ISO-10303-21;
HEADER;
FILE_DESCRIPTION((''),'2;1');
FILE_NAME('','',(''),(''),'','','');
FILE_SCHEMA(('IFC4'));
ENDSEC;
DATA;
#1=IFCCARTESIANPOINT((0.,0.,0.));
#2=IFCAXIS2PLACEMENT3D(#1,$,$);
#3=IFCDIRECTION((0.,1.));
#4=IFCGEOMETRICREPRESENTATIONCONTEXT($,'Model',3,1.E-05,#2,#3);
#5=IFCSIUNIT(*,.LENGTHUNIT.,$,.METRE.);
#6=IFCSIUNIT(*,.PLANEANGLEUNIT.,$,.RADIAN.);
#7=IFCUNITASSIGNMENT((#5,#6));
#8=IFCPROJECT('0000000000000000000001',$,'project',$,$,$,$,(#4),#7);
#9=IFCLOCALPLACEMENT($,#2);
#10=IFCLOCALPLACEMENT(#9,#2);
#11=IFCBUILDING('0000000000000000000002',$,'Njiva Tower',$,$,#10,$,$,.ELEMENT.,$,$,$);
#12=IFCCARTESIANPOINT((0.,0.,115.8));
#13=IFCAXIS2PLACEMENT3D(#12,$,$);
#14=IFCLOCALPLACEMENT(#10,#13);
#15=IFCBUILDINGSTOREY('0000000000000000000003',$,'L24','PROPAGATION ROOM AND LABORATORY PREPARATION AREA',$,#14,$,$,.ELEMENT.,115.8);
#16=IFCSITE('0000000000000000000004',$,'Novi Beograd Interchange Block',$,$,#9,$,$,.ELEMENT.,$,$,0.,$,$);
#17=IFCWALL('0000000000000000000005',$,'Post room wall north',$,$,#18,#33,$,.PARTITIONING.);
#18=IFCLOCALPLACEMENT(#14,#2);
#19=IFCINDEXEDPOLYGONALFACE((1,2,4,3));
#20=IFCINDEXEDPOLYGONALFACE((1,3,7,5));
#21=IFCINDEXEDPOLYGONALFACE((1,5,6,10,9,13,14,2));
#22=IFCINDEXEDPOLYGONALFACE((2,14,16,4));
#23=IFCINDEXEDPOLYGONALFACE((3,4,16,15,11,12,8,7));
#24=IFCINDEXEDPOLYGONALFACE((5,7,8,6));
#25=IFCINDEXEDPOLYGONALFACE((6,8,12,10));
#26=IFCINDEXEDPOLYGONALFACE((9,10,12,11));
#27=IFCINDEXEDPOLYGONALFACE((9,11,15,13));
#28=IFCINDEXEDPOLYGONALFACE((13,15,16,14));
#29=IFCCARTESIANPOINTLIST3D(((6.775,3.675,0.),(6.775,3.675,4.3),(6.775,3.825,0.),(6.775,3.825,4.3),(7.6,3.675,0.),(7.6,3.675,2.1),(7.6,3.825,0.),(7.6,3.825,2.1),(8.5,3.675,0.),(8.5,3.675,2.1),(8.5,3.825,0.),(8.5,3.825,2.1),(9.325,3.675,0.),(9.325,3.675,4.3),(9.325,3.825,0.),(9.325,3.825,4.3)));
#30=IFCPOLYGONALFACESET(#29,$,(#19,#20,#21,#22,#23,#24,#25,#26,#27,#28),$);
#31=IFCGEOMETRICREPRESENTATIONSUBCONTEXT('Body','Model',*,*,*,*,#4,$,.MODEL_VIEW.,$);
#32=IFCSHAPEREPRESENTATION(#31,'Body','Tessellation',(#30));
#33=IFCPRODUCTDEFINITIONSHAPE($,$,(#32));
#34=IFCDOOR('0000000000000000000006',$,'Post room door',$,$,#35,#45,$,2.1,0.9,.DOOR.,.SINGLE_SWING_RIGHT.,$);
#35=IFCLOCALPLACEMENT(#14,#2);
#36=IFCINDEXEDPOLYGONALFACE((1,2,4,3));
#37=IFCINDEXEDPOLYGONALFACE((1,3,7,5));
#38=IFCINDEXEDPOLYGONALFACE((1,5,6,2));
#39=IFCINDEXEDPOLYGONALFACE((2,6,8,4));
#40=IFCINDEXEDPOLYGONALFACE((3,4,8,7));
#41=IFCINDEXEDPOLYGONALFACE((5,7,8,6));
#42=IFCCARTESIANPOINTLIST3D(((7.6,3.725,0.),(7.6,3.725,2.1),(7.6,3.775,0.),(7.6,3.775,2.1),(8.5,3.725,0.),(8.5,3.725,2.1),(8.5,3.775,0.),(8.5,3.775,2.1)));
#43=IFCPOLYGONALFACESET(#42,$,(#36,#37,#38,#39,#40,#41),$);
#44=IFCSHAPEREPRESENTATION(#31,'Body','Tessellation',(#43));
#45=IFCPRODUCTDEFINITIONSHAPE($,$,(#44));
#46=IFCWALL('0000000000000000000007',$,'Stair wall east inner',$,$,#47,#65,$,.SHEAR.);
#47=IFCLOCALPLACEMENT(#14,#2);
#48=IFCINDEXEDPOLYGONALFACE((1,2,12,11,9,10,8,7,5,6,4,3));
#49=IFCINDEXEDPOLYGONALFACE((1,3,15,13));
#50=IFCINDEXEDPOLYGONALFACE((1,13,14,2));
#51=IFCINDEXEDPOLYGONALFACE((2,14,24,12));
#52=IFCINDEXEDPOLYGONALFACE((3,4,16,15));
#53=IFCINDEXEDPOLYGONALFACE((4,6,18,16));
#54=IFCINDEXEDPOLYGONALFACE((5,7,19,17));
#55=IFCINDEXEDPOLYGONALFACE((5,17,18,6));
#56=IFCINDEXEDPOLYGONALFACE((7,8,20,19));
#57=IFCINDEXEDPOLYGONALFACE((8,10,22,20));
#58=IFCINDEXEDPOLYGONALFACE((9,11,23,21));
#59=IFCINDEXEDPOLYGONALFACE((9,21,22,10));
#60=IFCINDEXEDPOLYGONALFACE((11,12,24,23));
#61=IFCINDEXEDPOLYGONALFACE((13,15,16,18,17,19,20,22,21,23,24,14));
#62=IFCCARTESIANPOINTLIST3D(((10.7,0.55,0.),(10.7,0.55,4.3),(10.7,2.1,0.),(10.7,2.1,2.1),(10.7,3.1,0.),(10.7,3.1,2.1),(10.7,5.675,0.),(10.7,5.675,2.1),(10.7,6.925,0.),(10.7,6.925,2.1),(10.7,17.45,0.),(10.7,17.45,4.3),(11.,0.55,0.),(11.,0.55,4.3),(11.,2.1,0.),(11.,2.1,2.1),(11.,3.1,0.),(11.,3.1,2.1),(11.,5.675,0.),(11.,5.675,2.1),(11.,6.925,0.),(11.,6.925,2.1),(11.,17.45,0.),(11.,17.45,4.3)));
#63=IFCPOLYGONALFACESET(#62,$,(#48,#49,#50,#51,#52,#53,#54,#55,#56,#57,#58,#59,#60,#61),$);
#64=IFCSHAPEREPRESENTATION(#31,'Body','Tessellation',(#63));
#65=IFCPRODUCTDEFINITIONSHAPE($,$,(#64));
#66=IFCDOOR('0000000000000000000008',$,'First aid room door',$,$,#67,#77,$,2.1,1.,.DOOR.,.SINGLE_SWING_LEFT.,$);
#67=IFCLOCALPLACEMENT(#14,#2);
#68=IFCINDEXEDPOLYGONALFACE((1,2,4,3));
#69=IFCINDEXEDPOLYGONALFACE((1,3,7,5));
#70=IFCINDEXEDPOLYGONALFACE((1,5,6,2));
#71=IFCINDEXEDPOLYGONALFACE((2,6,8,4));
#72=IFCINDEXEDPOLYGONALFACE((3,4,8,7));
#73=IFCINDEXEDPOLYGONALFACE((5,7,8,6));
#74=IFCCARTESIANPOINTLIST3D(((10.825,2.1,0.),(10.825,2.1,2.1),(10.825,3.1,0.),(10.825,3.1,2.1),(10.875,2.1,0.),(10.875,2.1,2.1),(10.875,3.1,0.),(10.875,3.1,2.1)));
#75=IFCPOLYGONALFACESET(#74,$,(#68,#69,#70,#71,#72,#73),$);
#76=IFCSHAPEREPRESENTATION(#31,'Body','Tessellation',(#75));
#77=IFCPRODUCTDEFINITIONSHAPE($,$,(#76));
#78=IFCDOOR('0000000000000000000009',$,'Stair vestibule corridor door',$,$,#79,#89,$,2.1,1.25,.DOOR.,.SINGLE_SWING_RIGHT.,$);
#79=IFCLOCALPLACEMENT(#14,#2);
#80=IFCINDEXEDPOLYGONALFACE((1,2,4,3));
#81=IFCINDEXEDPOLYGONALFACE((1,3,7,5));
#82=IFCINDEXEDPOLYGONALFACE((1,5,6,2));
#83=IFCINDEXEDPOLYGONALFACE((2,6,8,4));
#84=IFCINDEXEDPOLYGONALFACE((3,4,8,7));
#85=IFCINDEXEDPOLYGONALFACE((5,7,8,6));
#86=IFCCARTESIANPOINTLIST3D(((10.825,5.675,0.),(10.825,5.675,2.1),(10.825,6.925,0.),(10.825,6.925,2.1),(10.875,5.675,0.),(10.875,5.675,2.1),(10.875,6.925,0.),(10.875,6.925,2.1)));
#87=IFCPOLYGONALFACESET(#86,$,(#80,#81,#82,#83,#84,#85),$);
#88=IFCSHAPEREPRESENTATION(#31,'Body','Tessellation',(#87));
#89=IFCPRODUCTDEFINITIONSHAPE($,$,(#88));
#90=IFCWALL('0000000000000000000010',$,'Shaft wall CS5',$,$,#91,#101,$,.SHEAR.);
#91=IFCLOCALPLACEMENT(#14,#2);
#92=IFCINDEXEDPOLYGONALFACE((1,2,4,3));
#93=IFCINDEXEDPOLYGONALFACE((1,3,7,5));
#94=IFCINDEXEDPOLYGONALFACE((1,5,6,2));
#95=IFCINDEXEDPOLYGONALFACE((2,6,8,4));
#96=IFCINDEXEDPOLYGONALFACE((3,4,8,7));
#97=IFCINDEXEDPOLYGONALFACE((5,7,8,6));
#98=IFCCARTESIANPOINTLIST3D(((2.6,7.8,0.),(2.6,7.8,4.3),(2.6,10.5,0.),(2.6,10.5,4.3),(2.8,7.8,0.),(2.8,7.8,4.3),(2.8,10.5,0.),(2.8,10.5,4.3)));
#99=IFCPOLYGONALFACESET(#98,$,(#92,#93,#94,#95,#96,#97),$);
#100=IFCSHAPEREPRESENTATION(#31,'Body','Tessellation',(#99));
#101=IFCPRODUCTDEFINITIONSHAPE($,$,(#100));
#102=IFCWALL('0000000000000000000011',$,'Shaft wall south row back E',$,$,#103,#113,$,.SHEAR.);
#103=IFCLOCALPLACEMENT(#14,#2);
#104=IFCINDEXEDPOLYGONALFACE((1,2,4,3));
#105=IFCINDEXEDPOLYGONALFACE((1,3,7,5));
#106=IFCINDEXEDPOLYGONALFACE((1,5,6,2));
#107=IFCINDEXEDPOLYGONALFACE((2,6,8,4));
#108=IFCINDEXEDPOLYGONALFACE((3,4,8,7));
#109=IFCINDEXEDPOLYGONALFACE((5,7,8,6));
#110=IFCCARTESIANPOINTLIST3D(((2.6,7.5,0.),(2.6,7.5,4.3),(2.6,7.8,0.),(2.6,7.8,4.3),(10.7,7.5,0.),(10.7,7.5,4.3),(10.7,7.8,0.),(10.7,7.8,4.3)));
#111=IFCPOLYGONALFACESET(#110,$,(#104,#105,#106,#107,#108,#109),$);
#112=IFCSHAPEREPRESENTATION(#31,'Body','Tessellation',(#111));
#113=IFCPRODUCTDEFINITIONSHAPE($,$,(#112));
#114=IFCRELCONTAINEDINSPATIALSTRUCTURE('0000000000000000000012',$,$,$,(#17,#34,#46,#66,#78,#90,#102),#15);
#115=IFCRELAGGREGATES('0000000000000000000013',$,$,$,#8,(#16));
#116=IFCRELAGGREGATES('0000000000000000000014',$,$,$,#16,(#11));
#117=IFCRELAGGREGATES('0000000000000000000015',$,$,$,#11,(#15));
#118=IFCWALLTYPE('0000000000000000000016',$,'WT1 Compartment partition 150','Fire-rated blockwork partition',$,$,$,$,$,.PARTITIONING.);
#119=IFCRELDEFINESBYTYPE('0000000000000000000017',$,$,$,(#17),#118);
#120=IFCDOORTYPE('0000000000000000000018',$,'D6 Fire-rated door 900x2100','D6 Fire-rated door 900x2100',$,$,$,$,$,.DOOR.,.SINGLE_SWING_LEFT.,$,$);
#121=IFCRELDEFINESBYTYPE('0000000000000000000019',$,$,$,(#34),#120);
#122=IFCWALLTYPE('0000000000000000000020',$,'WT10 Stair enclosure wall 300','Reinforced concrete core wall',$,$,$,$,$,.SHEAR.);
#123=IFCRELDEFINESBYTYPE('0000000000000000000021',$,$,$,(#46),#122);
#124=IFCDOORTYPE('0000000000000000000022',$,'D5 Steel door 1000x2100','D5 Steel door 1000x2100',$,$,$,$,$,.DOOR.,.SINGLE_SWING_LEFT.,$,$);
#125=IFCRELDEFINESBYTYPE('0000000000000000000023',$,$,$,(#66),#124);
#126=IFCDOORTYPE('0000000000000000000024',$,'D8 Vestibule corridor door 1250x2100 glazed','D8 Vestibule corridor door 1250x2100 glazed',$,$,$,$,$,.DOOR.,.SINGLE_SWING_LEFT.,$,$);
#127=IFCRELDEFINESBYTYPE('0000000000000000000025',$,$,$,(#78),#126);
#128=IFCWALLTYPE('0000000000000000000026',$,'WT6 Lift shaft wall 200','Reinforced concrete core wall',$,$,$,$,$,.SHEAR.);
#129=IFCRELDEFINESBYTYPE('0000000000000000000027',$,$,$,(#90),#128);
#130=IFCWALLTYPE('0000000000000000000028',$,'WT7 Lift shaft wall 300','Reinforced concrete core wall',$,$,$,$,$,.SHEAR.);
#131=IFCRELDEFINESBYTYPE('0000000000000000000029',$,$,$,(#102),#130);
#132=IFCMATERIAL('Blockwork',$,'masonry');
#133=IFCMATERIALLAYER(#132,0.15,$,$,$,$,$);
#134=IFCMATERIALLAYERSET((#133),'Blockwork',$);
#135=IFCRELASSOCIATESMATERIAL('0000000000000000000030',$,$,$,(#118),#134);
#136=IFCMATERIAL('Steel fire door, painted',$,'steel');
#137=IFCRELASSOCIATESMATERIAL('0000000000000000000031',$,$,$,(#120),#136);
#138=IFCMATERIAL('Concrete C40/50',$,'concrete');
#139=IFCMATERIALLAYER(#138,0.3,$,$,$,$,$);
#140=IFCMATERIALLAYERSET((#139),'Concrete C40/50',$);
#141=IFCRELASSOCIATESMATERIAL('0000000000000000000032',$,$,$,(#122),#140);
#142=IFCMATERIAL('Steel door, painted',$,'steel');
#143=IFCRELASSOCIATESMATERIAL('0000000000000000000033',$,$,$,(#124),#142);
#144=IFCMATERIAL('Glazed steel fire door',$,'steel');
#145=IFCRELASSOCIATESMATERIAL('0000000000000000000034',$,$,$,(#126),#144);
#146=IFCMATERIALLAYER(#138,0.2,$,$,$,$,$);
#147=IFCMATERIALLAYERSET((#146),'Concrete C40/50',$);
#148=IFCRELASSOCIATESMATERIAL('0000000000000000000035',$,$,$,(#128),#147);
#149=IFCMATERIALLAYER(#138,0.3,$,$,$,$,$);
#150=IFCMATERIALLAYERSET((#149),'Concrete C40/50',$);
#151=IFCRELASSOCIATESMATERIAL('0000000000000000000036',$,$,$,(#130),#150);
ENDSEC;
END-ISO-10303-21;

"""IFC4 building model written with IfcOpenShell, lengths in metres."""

from ifc_helpers import new_model, si_unit, direction, frame, frame_2d, origin, place, context, subcontext, project, spatial, rectangle, extrude, material, layer, layer_set, type_object, element, fill, save


model = new_model("IFC4")

# Units and contexts
model_context = context("Model", 3, precision=1e-05, world=origin(), true_north=direction((0.0, 1.0)))
body_context = subcontext(model_context, "Body", "Model", "MODEL_VIEW")
ifc_project = project(units=[si_unit("LENGTHUNIT", "METRE"), si_unit("PLANEANGLEUNIT", "RADIAN")], contexts=[model_context])

# Site, building, storey
site_placement = place(None, origin())
site = spatial("IfcSite", under=ifc_project, at=site_placement, Name="Novi Beograd Interchange Block", CompositionType="ELEMENT", RefElevation=0.0)
building_placement = place(site_placement, origin())
building = spatial("IfcBuilding", under=site, at=building_placement, Name="Njiva Tower", CompositionType="ELEMENT")
storey_placement = place(building_placement, frame((0.0, 0.0, 115.8)))
storey = spatial("IfcBuildingStorey", under=building, at=storey_placement, Name="L24", Description="PROPAGATION ROOM AND LABORATORY PREPARATION AREA", CompositionType="ELEMENT", Elevation=115.8)

# Shared definitions
ifc_material_1 = material(Name="Concrete C40/50", Category="concrete")

# Shared definitions
ifc_material_2 = material(Name="Blockwork", Category="masonry")
ifc_layer_1 = layer(ifc_material_2, 0.15)
ifc_layer_set_1 = layer_set([ifc_layer_1], Name="Blockwork")
wall_type_1 = type_object("IfcWallType", Name="WT1 Compartment partition 150", Description="Fire-rated blockwork partition", PredefinedType="PARTITIONING", material=ifc_layer_set_1)

# Shared definitions
ifc_material_3 = material(Name="Steel fire door, painted", Category="steel")
door_type_1 = type_object("IfcDoorType", Name="D6 Fire-rated door 900x2100", Description="D6 Fire-rated door 900x2100", OperationType="SINGLE_SWING_LEFT", PredefinedType="DOOR", material=ifc_material_3)

# Wall, opening, door
wall_1_placement = place(storey_placement, frame((6.775, 3.75, 0.0), z_axis=(0.0, 0.0, 1.0), x_axis=(1.0, 0.0, 0.0)))
wall_1 = element("IfcWall", 1, at=wall_1_placement, inside=storey, type_object=wall_type_1, Name="Post room wall north", PredefinedType="PARTITIONING", context=body_context, shape_type="SweptSolid", body=[
    extrude(rectangle(XDim=2.55, YDim=0.15, at=frame_2d((1.275, 0.0))), origin(), (0.0, 0.0, 1.0), 4.3),
])
opening_1_placement = place(wall_1_placement, frame((0.825, 0.0, 0.0)))
opening_1 = element("IfcOpeningElement", 2, at=opening_1_placement, cuts=wall_1, PredefinedType="OPENING", context=body_context, shape_type="SweptSolid", body=[
    extrude(rectangle(XDim=0.9, YDim=2.1, at=frame_2d((0.45, 1.05))), frame((0.0, 0.085, 0.0), z_axis=(0.0, -1.0, 0.0), x_axis=(1.0, 0.0, 0.0)), (0.0, 0.0, 1.0), 0.17),
])
door_1_placement = place(opening_1_placement, origin())
door_1 = element("IfcDoor", 3, at=door_1_placement, inside=storey, type_object=door_type_1, Name="Post room door", OperationType="SINGLE_SWING_RIGHT", OverallHeight=2.1, OverallWidth=0.9, PredefinedType="DOOR", context=body_context, shape_type="SweptSolid", body=[
    extrude(rectangle(XDim=0.9, YDim=2.1, at=frame_2d((0.45, 1.05))), frame((0.0, 0.025, 0.0), z_axis=(0.0, -1.0, 0.0), x_axis=(1.0, 0.0, 0.0)), (0.0, 0.0, 1.0), 0.05),
])
fill(opening_1, door_1)

# Wall, openings, doors
ifc_layer_2 = layer(ifc_material_1, 0.3)
ifc_layer_set_2 = layer_set([ifc_layer_2], Name="Concrete C40/50")
wall_type_2 = type_object("IfcWallType", Name="WT10 Stair enclosure wall 300", Description="Reinforced concrete core wall", PredefinedType="SHEAR", material=ifc_layer_set_2)
wall_2_placement = place(storey_placement, frame((10.85, 0.55, 0.0), z_axis=(0.0, 0.0, 1.0), x_axis=(0.0, 1.0, 0.0)))
wall_2 = element("IfcWall", 4, at=wall_2_placement, inside=storey, type_object=wall_type_2, Name="Stair wall east inner", PredefinedType="SHEAR", context=body_context, shape_type="SweptSolid", body=[
    extrude(rectangle(XDim=16.9, YDim=0.3, at=frame_2d((8.45, 0.0))), origin(), (0.0, 0.0, 1.0), 4.3),
])
opening_2_placement = place(wall_2_placement, frame((5.125, 0.0, 0.0)))
opening_2 = element("IfcOpeningElement", 5, at=opening_2_placement, cuts=wall_2, PredefinedType="OPENING", context=body_context, shape_type="SweptSolid", body=[
    extrude(rectangle(XDim=1.25, YDim=2.1, at=frame_2d((0.625, 1.05))), frame((0.0, 0.16, 0.0), z_axis=(0.0, -1.0, 0.0), x_axis=(1.0, 0.0, 0.0)), (0.0, 0.0, 1.0), 0.32),
])
opening_3_placement = place(wall_2_placement, frame((1.55, 0.0, 0.0)))
opening_3 = element("IfcOpeningElement", 6, at=opening_3_placement, cuts=wall_2, PredefinedType="OPENING", context=body_context, shape_type="SweptSolid", body=[
    extrude(rectangle(XDim=1.0, YDim=2.1, at=frame_2d((0.5, 1.05))), frame((0.0, 0.16, 0.0), z_axis=(0.0, -1.0, 0.0), x_axis=(1.0, 0.0, 0.0)), (0.0, 0.0, 1.0), 0.32),
])
ifc_material_4 = material(Name="Steel door, painted", Category="steel")
door_type_2 = type_object("IfcDoorType", Name="D5 Steel door 1000x2100", Description="D5 Steel door 1000x2100", OperationType="SINGLE_SWING_LEFT", PredefinedType="DOOR", material=ifc_material_4)
door_2_placement = place(opening_3_placement, origin())
door_2 = element("IfcDoor", 7, at=door_2_placement, inside=storey, type_object=door_type_2, Name="First aid room door", OperationType="SINGLE_SWING_LEFT", OverallHeight=2.1, OverallWidth=1.0, PredefinedType="DOOR", context=body_context, shape_type="SweptSolid", body=[
    extrude(rectangle(XDim=1.0, YDim=2.1, at=frame_2d((0.5, 1.05))), frame((0.0, 0.025, 0.0), z_axis=(0.0, -1.0, 0.0), x_axis=(1.0, 0.0, 0.0)), (0.0, 0.0, 1.0), 0.05),
])
fill(opening_3, door_2)
ifc_material_5 = material(Name="Glazed steel fire door", Category="steel")
door_type_3 = type_object("IfcDoorType", Name="D8 Vestibule corridor door 1250x2100 glazed", Description="D8 Vestibule corridor door 1250x2100 glazed", OperationType="SINGLE_SWING_LEFT", PredefinedType="DOOR", material=ifc_material_5)
door_3_placement = place(opening_2_placement, origin())
door_3 = element("IfcDoor", 8, at=door_3_placement, inside=storey, type_object=door_type_3, Name="Stair vestibule corridor door", OperationType="SINGLE_SWING_RIGHT", OverallHeight=2.1, OverallWidth=1.25, PredefinedType="DOOR", context=body_context, shape_type="SweptSolid", body=[
    extrude(rectangle(XDim=1.25, YDim=2.1, at=frame_2d((0.625, 1.05))), frame((0.0, 0.025, 0.0), z_axis=(0.0, -1.0, 0.0), x_axis=(1.0, 0.0, 0.0)), (0.0, 0.0, 1.0), 0.05),
])
fill(opening_2, door_3)

# Walls
ifc_layer_3 = layer(ifc_material_1, 0.2)
ifc_layer_set_3 = layer_set([ifc_layer_3], Name="Concrete C40/50")
wall_type_3 = type_object("IfcWallType", Name="WT6 Lift shaft wall 200", Description="Reinforced concrete core wall", PredefinedType="SHEAR", material=ifc_layer_set_3)
wall_3_placement = place(storey_placement, frame((2.7, 7.8, 0.0), z_axis=(0.0, 0.0, 1.0), x_axis=(0.0, 1.0, 0.0)))
element("IfcWall", 9, at=wall_3_placement, inside=storey, type_object=wall_type_3, Name="Shaft wall CS5", PredefinedType="SHEAR", context=body_context, shape_type="SweptSolid", body=[
    extrude(rectangle(XDim=2.7, YDim=0.2, at=frame_2d((1.35, 0.0))), origin(), (0.0, 0.0, 1.0), 4.3),
])
ifc_layer_4 = layer(ifc_material_1, 0.3)
ifc_layer_set_4 = layer_set([ifc_layer_4], Name="Concrete C40/50")
wall_type_4 = type_object("IfcWallType", Name="WT7 Lift shaft wall 300", Description="Reinforced concrete core wall", PredefinedType="SHEAR", material=ifc_layer_set_4)
wall_4_placement = place(storey_placement, frame((2.6, 7.65, 0.0), z_axis=(0.0, 0.0, 1.0), x_axis=(1.0, 0.0, 0.0)))
element("IfcWall", 10, at=wall_4_placement, inside=storey, type_object=wall_type_4, Name="Shaft wall south row back E", PredefinedType="SHEAR", context=body_context, shape_type="SweptSolid", body=[
    extrude(rectangle(XDim=8.1, YDim=0.3, at=frame_2d((4.05, 0.0))), origin(), (0.0, 0.0, 1.0), 4.3),
])

save(model, "model.ifc")
